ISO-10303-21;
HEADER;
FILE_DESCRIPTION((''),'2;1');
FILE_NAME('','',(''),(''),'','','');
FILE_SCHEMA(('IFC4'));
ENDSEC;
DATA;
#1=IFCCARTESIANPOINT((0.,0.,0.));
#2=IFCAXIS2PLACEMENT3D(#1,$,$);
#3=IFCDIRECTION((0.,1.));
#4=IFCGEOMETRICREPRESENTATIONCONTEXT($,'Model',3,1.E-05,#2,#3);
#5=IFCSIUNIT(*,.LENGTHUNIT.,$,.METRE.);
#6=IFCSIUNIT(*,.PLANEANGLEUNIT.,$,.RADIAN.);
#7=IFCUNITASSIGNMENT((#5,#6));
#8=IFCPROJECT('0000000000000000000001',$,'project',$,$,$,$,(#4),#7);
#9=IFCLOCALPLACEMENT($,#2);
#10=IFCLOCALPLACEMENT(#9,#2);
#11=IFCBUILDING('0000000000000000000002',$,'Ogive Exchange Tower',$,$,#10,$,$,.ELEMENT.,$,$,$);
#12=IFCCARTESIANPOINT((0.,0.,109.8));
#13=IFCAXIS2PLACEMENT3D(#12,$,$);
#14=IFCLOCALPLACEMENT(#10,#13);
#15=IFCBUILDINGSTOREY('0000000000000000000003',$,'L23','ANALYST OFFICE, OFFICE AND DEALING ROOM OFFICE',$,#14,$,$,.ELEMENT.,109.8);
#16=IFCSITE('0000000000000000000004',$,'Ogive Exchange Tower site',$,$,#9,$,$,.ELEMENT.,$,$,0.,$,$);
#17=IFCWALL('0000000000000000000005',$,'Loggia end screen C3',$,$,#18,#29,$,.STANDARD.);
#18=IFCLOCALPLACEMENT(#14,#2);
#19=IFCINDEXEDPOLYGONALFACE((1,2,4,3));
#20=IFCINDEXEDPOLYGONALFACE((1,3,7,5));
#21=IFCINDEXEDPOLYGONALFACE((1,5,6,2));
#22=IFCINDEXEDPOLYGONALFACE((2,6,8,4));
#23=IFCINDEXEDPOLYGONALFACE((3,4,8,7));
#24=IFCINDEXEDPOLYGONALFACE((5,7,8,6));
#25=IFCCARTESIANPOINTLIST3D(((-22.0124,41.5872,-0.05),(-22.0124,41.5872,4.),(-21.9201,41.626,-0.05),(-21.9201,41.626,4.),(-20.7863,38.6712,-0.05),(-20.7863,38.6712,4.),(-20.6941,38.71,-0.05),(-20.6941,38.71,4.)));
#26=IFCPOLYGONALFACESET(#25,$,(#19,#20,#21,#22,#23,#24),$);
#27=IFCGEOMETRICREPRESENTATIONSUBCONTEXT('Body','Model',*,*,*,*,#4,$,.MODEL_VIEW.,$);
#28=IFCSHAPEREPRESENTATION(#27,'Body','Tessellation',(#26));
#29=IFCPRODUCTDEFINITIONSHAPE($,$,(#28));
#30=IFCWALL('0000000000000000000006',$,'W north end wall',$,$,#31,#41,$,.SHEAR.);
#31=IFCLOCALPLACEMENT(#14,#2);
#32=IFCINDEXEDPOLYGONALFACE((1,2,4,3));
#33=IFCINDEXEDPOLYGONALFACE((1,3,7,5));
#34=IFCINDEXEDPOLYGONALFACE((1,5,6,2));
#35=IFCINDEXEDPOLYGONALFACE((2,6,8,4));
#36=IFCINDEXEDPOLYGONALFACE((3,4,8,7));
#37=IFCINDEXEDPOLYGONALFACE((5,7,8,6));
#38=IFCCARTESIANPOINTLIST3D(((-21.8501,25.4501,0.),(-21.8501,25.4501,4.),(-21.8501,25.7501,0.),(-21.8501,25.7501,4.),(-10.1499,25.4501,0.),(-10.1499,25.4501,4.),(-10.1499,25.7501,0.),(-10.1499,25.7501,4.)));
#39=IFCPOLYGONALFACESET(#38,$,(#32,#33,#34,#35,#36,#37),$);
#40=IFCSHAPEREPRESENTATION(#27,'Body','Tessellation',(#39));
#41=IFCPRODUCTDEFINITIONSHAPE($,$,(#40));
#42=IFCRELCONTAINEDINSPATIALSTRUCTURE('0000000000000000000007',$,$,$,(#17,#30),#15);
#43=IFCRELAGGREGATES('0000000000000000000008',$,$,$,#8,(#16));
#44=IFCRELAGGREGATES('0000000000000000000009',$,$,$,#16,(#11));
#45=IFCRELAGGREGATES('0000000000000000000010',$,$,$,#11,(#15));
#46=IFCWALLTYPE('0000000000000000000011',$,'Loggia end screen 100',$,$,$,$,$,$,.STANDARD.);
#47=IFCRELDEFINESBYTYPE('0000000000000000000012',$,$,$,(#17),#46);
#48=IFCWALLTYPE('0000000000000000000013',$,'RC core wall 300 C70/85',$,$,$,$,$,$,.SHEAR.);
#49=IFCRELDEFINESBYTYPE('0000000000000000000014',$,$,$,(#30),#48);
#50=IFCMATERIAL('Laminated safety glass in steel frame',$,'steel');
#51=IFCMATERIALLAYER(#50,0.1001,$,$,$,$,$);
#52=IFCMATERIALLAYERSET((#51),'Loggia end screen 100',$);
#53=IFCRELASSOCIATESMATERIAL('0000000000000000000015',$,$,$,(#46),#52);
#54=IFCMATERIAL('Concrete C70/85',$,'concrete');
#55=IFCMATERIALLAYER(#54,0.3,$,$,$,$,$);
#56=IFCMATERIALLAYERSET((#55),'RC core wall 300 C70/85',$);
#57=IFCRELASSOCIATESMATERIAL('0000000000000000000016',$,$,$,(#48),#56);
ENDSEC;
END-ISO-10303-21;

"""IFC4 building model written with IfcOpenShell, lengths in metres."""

from ifc_helpers import new_model, si_unit, direction, frame, frame_2d, origin, place, context, subcontext, project, spatial, rectangle, extrude, material, layer, layer_set, type_object, element, save


model = new_model("IFC4")

# Units and contexts
model_context = context("Model", 3, precision=1e-05, world=origin(), true_north=direction((0.0, 1.0)))
body_context = subcontext(model_context, "Body", "Model", "MODEL_VIEW")
ifc_project = project(units=[si_unit("LENGTHUNIT", "METRE"), si_unit("PLANEANGLEUNIT", "RADIAN")], contexts=[model_context])

# Site, building, storey
site_placement = place(None, origin())
site = spatial("IfcSite", under=ifc_project, at=site_placement, Name="Ogive Exchange Tower site", CompositionType="ELEMENT", RefElevation=0.0)
building_placement = place(site_placement, origin())
building = spatial("IfcBuilding", under=site, at=building_placement, Name="Ogive Exchange Tower", CompositionType="ELEMENT")
storey_placement = place(building_placement, frame((0.0, 0.0, 109.8)))
storey = spatial("IfcBuildingStorey", under=building, at=storey_placement, Name="L23", Description="ANALYST OFFICE, OFFICE AND DEALING ROOM OFFICE", CompositionType="ELEMENT", Elevation=109.8)

# Walls
ifc_material_1 = material(Name="Laminated safety glass in steel frame", Category="steel")
ifc_layer_1 = layer(ifc_material_1, 0.1001)
ifc_layer_set_1 = layer_set([ifc_layer_1], Name="Loggia end screen 100")
wall_type_1 = type_object("IfcWallType", Name="Loggia end screen 100", PredefinedType="STANDARD", material=ifc_layer_set_1)
wall_1_placement = place(storey_placement, frame((-20.7402, 38.6907, -0.05), z_axis=(0.0, 0.0, 1.0), x_axis=(-0.387595, 0.92183, 0.0)))
element("IfcWall", 1, at=wall_1_placement, inside=storey, type_object=wall_type_1, Name="Loggia end screen C3", PredefinedType="STANDARD", context=body_context, shape_type="SweptSolid", body=[
    extrude(rectangle(XDim=3.1633, YDim=0.1001, at=frame_2d((1.5815, 0.0))), origin(), (0.0, 0.0, 1.0), 4.05),
])
ifc_material_2 = material(Name="Concrete C70/85", Category="concrete")
ifc_layer_2 = layer(ifc_material_2, 0.3)
ifc_layer_set_2 = layer_set([ifc_layer_2], Name="RC core wall 300 C70/85")
wall_type_2 = type_object("IfcWallType", Name="RC core wall 300 C70/85", PredefinedType="SHEAR", material=ifc_layer_set_2)
wall_2_placement = place(storey_placement, frame((-21.8501, 25.6001, 0.0), z_axis=(0.0, 0.0, 1.0), x_axis=(1.0, 0.0, 0.0)))
element("IfcWall", 2, at=wall_2_placement, inside=storey, type_object=wall_type_2, Name="W north end wall", PredefinedType="SHEAR", context=body_context, shape_type="SweptSolid", body=[
    extrude(rectangle(XDim=11.7002, YDim=0.3, at=frame_2d((5.8501, 0.0))), origin(), (0.0, 0.0, 1.0), 4.0),
])

save(model, "model.ifc")
